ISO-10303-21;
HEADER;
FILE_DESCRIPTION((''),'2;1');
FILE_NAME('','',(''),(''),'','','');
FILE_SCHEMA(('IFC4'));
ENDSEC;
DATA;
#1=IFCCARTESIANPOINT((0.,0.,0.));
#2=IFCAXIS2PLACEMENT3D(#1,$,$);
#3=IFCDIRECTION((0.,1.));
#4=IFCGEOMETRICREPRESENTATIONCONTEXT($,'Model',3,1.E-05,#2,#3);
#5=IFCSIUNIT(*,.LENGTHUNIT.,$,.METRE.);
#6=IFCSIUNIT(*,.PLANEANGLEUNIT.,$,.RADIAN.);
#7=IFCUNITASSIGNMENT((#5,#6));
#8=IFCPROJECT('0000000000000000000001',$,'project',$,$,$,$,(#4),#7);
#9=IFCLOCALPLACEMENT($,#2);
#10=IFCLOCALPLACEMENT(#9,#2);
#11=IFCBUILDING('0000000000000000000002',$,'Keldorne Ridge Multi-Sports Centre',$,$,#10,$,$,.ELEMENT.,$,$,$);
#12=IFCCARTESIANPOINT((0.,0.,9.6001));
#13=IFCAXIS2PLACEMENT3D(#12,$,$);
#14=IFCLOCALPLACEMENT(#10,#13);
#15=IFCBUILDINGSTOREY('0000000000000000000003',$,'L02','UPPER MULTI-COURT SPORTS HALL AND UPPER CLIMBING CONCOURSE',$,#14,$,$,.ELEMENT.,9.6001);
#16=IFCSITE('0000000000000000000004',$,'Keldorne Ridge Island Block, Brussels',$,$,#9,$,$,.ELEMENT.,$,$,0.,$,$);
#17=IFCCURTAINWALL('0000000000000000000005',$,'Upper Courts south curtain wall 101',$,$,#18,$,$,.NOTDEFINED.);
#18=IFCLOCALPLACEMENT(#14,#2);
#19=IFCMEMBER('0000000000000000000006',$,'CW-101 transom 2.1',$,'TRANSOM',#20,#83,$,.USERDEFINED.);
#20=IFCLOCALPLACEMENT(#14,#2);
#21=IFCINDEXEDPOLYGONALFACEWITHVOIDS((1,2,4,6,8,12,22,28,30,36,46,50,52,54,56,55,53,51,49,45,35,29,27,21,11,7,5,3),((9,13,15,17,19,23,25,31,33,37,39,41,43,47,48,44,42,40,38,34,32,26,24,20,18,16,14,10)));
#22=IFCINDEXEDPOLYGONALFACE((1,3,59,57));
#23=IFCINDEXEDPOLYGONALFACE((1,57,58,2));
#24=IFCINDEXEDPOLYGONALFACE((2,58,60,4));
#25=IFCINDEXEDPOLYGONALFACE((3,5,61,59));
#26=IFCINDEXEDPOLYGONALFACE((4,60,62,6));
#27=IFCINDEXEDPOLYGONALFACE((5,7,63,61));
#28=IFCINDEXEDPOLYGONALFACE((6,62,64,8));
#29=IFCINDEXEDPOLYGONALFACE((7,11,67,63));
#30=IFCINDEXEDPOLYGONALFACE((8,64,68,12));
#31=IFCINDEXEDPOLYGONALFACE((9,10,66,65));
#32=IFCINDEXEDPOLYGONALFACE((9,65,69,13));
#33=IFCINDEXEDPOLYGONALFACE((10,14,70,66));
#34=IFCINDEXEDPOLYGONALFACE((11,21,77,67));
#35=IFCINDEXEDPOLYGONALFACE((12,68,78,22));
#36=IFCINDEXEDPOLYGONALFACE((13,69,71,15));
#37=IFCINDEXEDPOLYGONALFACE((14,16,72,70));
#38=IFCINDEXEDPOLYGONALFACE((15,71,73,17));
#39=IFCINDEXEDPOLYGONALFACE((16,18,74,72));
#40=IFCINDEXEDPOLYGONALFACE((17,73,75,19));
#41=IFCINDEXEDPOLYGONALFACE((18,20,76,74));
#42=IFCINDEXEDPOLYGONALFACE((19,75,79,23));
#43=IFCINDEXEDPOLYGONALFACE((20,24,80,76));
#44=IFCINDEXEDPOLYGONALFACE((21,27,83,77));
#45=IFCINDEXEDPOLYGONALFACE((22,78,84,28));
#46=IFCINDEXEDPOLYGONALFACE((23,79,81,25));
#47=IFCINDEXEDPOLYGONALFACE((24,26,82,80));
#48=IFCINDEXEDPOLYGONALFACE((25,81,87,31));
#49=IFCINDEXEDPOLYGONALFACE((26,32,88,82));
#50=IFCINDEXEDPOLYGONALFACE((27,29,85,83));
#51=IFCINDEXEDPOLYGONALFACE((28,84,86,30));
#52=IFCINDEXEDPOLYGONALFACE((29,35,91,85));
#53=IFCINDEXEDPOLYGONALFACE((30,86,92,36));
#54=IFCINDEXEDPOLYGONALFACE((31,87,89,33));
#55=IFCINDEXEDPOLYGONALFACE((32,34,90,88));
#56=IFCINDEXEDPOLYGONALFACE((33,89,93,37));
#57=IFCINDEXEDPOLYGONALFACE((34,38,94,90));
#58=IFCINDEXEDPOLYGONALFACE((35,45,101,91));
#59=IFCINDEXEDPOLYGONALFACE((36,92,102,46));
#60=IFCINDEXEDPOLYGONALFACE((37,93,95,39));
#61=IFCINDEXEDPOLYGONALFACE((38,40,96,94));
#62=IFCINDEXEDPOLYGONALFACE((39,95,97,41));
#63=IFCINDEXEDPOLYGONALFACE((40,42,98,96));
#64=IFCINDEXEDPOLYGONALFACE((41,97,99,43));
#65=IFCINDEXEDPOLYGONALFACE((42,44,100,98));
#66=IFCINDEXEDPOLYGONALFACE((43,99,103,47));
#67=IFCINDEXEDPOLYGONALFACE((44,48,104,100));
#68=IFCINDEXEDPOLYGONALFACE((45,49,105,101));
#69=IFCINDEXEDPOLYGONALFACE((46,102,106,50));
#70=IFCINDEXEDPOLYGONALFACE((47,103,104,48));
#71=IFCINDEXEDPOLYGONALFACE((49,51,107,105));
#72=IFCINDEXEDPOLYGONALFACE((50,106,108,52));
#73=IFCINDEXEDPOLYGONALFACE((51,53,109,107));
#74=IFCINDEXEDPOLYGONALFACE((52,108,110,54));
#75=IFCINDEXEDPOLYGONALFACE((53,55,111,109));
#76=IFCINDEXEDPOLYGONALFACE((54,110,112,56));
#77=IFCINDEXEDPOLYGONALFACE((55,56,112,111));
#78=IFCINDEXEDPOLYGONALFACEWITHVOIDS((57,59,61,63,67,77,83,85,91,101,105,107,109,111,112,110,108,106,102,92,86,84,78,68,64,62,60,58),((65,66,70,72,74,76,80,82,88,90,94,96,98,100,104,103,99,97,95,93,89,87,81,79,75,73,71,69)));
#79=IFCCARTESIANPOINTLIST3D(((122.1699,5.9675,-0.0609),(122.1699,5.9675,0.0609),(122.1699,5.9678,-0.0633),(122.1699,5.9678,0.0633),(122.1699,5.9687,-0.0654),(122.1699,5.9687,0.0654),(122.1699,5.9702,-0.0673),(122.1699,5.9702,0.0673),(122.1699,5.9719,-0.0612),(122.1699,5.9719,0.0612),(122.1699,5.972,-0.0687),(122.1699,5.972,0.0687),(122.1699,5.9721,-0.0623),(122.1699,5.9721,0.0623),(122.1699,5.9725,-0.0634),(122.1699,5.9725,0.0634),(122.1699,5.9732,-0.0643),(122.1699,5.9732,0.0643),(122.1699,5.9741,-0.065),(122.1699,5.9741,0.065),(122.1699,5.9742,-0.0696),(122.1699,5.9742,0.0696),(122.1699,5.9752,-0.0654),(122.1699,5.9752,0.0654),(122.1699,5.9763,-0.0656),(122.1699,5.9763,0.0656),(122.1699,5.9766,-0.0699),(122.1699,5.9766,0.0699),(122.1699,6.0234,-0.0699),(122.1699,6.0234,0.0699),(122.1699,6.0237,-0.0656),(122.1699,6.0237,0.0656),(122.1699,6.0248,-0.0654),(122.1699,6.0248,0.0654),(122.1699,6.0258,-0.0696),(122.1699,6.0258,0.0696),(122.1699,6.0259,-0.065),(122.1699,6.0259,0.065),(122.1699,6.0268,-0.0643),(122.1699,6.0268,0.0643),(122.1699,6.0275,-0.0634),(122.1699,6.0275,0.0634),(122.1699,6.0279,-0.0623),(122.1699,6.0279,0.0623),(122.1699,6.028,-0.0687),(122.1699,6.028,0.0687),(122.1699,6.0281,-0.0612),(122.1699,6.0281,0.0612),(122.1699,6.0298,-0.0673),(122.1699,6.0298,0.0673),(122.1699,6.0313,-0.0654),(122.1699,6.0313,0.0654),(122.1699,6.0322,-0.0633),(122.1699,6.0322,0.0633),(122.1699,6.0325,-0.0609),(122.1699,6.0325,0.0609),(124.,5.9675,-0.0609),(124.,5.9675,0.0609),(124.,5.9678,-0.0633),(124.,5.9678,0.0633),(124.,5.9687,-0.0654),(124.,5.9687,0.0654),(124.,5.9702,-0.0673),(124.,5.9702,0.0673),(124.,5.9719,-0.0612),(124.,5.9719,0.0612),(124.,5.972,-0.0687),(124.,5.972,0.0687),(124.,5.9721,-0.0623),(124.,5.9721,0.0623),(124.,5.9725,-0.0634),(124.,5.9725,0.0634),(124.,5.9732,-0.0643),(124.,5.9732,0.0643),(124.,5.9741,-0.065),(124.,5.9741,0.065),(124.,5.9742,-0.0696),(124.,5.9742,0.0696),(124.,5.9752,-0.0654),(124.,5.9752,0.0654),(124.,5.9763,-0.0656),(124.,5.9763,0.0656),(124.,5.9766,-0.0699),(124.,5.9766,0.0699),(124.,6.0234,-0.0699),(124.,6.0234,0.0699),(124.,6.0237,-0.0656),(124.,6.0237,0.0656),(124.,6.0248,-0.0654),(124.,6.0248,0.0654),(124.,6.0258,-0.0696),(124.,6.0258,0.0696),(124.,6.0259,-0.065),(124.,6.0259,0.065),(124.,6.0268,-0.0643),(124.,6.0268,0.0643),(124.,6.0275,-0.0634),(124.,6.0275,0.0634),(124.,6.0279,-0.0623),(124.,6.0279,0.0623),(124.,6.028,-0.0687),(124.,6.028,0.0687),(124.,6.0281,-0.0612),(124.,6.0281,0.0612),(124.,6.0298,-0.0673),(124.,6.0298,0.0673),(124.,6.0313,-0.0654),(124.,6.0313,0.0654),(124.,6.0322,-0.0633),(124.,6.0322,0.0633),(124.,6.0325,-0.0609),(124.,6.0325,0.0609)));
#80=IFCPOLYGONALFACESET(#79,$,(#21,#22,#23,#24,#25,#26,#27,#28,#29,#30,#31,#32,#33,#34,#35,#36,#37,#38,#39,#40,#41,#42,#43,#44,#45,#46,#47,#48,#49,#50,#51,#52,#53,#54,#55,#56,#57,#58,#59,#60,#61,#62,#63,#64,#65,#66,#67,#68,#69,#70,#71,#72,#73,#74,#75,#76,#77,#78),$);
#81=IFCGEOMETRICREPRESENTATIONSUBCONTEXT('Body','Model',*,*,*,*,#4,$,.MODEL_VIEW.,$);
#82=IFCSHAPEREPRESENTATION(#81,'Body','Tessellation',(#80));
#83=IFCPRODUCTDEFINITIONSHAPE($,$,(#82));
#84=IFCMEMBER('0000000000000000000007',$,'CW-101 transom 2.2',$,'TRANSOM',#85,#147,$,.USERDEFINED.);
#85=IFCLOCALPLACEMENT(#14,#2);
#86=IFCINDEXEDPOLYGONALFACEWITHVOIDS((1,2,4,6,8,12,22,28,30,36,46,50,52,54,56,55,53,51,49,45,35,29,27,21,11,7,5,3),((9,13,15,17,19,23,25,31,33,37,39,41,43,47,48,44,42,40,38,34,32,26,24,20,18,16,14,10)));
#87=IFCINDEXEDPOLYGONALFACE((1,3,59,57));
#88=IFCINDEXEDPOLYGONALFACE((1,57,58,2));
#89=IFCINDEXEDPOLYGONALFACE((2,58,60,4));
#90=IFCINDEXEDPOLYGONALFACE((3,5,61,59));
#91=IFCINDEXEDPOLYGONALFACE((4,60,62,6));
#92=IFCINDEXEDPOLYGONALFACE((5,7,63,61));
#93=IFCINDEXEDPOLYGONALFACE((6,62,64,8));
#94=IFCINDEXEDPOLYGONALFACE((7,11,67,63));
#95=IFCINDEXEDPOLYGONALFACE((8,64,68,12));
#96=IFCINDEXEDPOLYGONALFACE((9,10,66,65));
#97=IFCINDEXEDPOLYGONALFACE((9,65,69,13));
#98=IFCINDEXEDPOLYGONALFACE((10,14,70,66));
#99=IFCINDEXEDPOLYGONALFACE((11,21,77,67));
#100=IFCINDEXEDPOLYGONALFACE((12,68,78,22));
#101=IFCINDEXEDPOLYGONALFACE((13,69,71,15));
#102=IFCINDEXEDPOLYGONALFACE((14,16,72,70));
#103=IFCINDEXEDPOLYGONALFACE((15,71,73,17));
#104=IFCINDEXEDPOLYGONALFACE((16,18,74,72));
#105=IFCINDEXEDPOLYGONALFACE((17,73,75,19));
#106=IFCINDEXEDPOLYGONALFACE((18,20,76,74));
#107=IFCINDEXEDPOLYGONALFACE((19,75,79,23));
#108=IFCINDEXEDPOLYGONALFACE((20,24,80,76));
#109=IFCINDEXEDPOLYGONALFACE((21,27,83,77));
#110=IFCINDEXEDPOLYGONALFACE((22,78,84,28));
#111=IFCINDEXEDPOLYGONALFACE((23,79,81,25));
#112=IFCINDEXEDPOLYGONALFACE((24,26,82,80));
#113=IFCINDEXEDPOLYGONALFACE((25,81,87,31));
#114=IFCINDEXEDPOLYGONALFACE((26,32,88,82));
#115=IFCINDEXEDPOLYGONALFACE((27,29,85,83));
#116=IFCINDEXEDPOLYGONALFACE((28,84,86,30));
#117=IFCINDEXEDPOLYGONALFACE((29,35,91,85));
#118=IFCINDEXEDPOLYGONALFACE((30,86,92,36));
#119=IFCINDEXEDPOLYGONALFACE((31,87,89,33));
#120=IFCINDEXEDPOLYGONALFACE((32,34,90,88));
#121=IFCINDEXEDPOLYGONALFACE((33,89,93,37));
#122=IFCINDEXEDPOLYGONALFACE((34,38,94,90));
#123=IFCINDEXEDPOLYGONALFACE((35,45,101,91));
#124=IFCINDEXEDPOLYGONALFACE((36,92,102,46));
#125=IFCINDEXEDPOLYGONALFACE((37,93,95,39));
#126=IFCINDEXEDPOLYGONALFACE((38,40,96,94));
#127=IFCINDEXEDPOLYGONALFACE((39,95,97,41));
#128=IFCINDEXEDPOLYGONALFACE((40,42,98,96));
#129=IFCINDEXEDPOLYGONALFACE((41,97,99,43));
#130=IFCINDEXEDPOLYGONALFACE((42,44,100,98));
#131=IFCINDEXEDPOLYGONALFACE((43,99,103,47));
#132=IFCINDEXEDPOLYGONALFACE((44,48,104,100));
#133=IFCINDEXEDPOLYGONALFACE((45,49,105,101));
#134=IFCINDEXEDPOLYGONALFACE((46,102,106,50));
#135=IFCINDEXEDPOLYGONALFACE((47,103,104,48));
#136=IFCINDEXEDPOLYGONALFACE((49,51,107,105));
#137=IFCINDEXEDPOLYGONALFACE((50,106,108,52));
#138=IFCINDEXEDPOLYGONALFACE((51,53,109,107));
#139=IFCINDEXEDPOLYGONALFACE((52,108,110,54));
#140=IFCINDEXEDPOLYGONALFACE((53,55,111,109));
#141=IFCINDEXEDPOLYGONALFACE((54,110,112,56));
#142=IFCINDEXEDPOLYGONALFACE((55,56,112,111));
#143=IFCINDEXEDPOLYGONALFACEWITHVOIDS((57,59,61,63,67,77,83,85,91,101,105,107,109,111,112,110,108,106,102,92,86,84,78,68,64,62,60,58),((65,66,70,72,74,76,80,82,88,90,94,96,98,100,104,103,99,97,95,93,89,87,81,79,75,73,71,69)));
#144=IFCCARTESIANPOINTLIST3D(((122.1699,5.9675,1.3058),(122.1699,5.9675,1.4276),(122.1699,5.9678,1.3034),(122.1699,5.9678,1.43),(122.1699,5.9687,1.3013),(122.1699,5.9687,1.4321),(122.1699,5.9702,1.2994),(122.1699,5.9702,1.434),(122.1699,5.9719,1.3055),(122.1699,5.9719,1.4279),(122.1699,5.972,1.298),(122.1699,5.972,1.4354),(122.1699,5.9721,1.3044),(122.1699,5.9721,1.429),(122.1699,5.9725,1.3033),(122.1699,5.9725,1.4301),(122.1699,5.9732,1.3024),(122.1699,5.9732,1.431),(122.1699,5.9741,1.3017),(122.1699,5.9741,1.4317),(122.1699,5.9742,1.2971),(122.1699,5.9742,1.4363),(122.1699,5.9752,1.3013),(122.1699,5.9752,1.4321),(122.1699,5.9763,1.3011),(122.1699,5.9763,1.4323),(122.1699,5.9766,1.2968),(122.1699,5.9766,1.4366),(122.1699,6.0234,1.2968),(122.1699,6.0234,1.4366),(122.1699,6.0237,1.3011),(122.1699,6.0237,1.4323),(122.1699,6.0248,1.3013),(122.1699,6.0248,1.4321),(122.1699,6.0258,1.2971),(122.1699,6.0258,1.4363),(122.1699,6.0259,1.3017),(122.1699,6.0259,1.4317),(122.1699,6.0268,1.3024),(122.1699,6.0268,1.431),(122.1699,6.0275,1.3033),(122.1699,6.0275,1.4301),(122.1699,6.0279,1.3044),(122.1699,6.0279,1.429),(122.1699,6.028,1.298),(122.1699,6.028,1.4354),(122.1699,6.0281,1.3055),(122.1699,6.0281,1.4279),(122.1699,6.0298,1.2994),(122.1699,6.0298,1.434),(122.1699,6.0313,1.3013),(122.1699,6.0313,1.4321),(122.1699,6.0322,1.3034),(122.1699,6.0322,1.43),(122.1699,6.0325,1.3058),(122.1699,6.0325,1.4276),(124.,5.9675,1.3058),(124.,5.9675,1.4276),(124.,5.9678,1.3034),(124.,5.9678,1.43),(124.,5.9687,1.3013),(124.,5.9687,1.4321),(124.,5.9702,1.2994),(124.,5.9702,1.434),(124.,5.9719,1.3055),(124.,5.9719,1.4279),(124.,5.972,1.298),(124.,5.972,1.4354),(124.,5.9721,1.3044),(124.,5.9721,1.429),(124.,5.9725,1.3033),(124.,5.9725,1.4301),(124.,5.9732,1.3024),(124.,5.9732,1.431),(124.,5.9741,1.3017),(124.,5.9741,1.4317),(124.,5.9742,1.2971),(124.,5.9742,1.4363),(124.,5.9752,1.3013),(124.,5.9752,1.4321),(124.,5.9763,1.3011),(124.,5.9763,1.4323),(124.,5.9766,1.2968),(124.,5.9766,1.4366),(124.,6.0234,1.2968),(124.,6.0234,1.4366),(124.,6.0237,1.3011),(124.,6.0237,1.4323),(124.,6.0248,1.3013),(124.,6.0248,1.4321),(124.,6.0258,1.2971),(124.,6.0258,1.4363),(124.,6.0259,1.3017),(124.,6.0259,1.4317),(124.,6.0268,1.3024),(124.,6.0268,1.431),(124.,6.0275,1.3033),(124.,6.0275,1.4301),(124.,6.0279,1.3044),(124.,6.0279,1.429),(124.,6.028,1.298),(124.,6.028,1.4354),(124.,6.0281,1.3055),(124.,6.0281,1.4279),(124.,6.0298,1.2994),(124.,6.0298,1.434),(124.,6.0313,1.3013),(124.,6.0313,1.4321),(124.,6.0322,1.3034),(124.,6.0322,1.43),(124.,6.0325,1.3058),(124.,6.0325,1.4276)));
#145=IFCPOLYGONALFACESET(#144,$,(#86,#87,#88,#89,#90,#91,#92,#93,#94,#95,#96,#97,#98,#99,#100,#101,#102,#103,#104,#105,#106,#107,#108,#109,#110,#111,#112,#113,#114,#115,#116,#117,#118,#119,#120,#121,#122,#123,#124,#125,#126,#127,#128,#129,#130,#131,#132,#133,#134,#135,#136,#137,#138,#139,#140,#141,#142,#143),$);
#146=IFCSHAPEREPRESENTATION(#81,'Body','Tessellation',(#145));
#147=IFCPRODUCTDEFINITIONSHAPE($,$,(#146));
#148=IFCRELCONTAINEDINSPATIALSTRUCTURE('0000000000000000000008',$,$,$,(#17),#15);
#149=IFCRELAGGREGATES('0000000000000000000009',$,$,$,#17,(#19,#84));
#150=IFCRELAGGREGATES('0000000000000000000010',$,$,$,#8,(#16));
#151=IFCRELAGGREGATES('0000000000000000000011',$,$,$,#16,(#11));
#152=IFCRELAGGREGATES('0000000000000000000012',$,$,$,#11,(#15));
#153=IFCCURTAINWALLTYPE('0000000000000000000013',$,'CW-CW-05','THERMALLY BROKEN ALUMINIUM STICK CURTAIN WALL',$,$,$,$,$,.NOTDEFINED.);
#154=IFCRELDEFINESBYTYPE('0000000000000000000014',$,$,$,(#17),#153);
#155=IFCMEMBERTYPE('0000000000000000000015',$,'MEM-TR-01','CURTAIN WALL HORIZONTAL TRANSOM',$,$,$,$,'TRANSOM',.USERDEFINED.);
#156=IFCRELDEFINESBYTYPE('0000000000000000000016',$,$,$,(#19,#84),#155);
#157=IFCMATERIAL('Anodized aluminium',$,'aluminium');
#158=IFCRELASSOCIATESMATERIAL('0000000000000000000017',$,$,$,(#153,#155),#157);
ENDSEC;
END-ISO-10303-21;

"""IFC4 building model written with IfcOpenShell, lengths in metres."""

from ifc_helpers import new_model, si_unit, direction, frame, origin, origin_2d, place, context, subcontext, project, spatial, hollow_rectangle, extrude, material, material_profile, profile_set, type_object, element, aggregate, save


model = new_model("IFC4")

# Units and contexts
model_context = context("Model", 3, precision=1e-05, world=origin(), true_north=direction((0.0, 1.0)))
body_context = subcontext(model_context, "Body", "Model", "MODEL_VIEW")
ifc_project = project(units=[si_unit("LENGTHUNIT", "METRE"), si_unit("PLANEANGLEUNIT", "RADIAN")], contexts=[model_context])

# Site, building, storey
site_placement = place(None, origin())
site = spatial("IfcSite", under=ifc_project, at=site_placement, Name="Keldorne Ridge Island Block, Brussels", CompositionType="ELEMENT", RefElevation=0.0)
building_placement = place(site_placement, origin())
building = spatial("IfcBuilding", under=site, at=building_placement, Name="Keldorne Ridge Multi-Sports Centre", CompositionType="ELEMENT")
storey_placement = place(building_placement, frame((0.0, 0.0, 9.6001)))
storey = spatial("IfcBuildingStorey", under=building, at=storey_placement, Name="L02", Description="UPPER MULTI-COURT SPORTS HALL AND UPPER CLIMBING CONCOURSE", CompositionType="ELEMENT", Elevation=9.6001)

# Curtain wall, members
ifc_material_1 = material(Name="Anodized aluminium", Category="aluminium")
curtain_wall_type = type_object("IfcCurtainWallType", Name="CW-CW-05", Description="THERMALLY BROKEN ALUMINIUM STICK CURTAIN WALL", PredefinedType="NOTDEFINED", material=ifc_material_1)
curtain_wall_placement = place(storey_placement, origin())
curtain_wall = element("IfcCurtainWall", 1, at=curtain_wall_placement, inside=storey, type_object=curtain_wall_type, Name="Upper Courts south curtain wall 101", PredefinedType="NOTDEFINED")
ifc_material_profile_1 = material_profile(ifc_material_1, hollow_rectangle(XDim=0.0649, YDim=0.1399, WallThickness=0.0044, InnerFilletRadius=0.0044, OuterFilletRadius=0.009, at=origin_2d()), Name="ALU TRANSOM 140x65x4.5")
ifc_profile_set_1 = profile_set([ifc_material_profile_1], Name="Anodized aluminium")
member_type_1 = type_object("IfcMemberType", Name="MEM-TR-01", Description="CURTAIN WALL HORIZONTAL TRANSOM", ElementType="TRANSOM", PredefinedType="USERDEFINED", material=ifc_profile_set_1)
member_1_placement = place(storey_placement, frame((122.1699, 6.0, 0.0), z_axis=(1.0, 0.0, 0.0), x_axis=(0.0, 1.0, 0.0)))
member_1 = element("IfcMember", 2, at=member_1_placement, type_object=member_type_1, Name="CW-101 transom 2.1", ObjectType="TRANSOM", PredefinedType="USERDEFINED", context=body_context, shape_type="SweptSolid", body=[
    extrude(hollow_rectangle(XDim=0.0649, YDim=0.1399, WallThickness=0.0044, InnerFilletRadius=0.0044, OuterFilletRadius=0.009, at=origin_2d()), origin(), (0.0, 0.0, 1.0), 1.8301),
])
member_2_placement = place(storey_placement, frame((122.1699, 6.0, 1.3667), z_axis=(1.0, 0.0, 0.0), x_axis=(0.0, 1.0, 0.0)))
member_2 = element("IfcMember", 3, at=member_2_placement, type_object=member_type_1, Name="CW-101 transom 2.2", ObjectType="TRANSOM", PredefinedType="USERDEFINED", context=body_context, shape_type="SweptSolid", body=[
    extrude(hollow_rectangle(XDim=0.0649, YDim=0.1399, WallThickness=0.0044, InnerFilletRadius=0.0044, OuterFilletRadius=0.009, at=origin_2d()), origin(), (0.0, 0.0, 1.0), 1.8301),
])
aggregate(curtain_wall, [member_1, member_2])

save(model, "model.ifc")
